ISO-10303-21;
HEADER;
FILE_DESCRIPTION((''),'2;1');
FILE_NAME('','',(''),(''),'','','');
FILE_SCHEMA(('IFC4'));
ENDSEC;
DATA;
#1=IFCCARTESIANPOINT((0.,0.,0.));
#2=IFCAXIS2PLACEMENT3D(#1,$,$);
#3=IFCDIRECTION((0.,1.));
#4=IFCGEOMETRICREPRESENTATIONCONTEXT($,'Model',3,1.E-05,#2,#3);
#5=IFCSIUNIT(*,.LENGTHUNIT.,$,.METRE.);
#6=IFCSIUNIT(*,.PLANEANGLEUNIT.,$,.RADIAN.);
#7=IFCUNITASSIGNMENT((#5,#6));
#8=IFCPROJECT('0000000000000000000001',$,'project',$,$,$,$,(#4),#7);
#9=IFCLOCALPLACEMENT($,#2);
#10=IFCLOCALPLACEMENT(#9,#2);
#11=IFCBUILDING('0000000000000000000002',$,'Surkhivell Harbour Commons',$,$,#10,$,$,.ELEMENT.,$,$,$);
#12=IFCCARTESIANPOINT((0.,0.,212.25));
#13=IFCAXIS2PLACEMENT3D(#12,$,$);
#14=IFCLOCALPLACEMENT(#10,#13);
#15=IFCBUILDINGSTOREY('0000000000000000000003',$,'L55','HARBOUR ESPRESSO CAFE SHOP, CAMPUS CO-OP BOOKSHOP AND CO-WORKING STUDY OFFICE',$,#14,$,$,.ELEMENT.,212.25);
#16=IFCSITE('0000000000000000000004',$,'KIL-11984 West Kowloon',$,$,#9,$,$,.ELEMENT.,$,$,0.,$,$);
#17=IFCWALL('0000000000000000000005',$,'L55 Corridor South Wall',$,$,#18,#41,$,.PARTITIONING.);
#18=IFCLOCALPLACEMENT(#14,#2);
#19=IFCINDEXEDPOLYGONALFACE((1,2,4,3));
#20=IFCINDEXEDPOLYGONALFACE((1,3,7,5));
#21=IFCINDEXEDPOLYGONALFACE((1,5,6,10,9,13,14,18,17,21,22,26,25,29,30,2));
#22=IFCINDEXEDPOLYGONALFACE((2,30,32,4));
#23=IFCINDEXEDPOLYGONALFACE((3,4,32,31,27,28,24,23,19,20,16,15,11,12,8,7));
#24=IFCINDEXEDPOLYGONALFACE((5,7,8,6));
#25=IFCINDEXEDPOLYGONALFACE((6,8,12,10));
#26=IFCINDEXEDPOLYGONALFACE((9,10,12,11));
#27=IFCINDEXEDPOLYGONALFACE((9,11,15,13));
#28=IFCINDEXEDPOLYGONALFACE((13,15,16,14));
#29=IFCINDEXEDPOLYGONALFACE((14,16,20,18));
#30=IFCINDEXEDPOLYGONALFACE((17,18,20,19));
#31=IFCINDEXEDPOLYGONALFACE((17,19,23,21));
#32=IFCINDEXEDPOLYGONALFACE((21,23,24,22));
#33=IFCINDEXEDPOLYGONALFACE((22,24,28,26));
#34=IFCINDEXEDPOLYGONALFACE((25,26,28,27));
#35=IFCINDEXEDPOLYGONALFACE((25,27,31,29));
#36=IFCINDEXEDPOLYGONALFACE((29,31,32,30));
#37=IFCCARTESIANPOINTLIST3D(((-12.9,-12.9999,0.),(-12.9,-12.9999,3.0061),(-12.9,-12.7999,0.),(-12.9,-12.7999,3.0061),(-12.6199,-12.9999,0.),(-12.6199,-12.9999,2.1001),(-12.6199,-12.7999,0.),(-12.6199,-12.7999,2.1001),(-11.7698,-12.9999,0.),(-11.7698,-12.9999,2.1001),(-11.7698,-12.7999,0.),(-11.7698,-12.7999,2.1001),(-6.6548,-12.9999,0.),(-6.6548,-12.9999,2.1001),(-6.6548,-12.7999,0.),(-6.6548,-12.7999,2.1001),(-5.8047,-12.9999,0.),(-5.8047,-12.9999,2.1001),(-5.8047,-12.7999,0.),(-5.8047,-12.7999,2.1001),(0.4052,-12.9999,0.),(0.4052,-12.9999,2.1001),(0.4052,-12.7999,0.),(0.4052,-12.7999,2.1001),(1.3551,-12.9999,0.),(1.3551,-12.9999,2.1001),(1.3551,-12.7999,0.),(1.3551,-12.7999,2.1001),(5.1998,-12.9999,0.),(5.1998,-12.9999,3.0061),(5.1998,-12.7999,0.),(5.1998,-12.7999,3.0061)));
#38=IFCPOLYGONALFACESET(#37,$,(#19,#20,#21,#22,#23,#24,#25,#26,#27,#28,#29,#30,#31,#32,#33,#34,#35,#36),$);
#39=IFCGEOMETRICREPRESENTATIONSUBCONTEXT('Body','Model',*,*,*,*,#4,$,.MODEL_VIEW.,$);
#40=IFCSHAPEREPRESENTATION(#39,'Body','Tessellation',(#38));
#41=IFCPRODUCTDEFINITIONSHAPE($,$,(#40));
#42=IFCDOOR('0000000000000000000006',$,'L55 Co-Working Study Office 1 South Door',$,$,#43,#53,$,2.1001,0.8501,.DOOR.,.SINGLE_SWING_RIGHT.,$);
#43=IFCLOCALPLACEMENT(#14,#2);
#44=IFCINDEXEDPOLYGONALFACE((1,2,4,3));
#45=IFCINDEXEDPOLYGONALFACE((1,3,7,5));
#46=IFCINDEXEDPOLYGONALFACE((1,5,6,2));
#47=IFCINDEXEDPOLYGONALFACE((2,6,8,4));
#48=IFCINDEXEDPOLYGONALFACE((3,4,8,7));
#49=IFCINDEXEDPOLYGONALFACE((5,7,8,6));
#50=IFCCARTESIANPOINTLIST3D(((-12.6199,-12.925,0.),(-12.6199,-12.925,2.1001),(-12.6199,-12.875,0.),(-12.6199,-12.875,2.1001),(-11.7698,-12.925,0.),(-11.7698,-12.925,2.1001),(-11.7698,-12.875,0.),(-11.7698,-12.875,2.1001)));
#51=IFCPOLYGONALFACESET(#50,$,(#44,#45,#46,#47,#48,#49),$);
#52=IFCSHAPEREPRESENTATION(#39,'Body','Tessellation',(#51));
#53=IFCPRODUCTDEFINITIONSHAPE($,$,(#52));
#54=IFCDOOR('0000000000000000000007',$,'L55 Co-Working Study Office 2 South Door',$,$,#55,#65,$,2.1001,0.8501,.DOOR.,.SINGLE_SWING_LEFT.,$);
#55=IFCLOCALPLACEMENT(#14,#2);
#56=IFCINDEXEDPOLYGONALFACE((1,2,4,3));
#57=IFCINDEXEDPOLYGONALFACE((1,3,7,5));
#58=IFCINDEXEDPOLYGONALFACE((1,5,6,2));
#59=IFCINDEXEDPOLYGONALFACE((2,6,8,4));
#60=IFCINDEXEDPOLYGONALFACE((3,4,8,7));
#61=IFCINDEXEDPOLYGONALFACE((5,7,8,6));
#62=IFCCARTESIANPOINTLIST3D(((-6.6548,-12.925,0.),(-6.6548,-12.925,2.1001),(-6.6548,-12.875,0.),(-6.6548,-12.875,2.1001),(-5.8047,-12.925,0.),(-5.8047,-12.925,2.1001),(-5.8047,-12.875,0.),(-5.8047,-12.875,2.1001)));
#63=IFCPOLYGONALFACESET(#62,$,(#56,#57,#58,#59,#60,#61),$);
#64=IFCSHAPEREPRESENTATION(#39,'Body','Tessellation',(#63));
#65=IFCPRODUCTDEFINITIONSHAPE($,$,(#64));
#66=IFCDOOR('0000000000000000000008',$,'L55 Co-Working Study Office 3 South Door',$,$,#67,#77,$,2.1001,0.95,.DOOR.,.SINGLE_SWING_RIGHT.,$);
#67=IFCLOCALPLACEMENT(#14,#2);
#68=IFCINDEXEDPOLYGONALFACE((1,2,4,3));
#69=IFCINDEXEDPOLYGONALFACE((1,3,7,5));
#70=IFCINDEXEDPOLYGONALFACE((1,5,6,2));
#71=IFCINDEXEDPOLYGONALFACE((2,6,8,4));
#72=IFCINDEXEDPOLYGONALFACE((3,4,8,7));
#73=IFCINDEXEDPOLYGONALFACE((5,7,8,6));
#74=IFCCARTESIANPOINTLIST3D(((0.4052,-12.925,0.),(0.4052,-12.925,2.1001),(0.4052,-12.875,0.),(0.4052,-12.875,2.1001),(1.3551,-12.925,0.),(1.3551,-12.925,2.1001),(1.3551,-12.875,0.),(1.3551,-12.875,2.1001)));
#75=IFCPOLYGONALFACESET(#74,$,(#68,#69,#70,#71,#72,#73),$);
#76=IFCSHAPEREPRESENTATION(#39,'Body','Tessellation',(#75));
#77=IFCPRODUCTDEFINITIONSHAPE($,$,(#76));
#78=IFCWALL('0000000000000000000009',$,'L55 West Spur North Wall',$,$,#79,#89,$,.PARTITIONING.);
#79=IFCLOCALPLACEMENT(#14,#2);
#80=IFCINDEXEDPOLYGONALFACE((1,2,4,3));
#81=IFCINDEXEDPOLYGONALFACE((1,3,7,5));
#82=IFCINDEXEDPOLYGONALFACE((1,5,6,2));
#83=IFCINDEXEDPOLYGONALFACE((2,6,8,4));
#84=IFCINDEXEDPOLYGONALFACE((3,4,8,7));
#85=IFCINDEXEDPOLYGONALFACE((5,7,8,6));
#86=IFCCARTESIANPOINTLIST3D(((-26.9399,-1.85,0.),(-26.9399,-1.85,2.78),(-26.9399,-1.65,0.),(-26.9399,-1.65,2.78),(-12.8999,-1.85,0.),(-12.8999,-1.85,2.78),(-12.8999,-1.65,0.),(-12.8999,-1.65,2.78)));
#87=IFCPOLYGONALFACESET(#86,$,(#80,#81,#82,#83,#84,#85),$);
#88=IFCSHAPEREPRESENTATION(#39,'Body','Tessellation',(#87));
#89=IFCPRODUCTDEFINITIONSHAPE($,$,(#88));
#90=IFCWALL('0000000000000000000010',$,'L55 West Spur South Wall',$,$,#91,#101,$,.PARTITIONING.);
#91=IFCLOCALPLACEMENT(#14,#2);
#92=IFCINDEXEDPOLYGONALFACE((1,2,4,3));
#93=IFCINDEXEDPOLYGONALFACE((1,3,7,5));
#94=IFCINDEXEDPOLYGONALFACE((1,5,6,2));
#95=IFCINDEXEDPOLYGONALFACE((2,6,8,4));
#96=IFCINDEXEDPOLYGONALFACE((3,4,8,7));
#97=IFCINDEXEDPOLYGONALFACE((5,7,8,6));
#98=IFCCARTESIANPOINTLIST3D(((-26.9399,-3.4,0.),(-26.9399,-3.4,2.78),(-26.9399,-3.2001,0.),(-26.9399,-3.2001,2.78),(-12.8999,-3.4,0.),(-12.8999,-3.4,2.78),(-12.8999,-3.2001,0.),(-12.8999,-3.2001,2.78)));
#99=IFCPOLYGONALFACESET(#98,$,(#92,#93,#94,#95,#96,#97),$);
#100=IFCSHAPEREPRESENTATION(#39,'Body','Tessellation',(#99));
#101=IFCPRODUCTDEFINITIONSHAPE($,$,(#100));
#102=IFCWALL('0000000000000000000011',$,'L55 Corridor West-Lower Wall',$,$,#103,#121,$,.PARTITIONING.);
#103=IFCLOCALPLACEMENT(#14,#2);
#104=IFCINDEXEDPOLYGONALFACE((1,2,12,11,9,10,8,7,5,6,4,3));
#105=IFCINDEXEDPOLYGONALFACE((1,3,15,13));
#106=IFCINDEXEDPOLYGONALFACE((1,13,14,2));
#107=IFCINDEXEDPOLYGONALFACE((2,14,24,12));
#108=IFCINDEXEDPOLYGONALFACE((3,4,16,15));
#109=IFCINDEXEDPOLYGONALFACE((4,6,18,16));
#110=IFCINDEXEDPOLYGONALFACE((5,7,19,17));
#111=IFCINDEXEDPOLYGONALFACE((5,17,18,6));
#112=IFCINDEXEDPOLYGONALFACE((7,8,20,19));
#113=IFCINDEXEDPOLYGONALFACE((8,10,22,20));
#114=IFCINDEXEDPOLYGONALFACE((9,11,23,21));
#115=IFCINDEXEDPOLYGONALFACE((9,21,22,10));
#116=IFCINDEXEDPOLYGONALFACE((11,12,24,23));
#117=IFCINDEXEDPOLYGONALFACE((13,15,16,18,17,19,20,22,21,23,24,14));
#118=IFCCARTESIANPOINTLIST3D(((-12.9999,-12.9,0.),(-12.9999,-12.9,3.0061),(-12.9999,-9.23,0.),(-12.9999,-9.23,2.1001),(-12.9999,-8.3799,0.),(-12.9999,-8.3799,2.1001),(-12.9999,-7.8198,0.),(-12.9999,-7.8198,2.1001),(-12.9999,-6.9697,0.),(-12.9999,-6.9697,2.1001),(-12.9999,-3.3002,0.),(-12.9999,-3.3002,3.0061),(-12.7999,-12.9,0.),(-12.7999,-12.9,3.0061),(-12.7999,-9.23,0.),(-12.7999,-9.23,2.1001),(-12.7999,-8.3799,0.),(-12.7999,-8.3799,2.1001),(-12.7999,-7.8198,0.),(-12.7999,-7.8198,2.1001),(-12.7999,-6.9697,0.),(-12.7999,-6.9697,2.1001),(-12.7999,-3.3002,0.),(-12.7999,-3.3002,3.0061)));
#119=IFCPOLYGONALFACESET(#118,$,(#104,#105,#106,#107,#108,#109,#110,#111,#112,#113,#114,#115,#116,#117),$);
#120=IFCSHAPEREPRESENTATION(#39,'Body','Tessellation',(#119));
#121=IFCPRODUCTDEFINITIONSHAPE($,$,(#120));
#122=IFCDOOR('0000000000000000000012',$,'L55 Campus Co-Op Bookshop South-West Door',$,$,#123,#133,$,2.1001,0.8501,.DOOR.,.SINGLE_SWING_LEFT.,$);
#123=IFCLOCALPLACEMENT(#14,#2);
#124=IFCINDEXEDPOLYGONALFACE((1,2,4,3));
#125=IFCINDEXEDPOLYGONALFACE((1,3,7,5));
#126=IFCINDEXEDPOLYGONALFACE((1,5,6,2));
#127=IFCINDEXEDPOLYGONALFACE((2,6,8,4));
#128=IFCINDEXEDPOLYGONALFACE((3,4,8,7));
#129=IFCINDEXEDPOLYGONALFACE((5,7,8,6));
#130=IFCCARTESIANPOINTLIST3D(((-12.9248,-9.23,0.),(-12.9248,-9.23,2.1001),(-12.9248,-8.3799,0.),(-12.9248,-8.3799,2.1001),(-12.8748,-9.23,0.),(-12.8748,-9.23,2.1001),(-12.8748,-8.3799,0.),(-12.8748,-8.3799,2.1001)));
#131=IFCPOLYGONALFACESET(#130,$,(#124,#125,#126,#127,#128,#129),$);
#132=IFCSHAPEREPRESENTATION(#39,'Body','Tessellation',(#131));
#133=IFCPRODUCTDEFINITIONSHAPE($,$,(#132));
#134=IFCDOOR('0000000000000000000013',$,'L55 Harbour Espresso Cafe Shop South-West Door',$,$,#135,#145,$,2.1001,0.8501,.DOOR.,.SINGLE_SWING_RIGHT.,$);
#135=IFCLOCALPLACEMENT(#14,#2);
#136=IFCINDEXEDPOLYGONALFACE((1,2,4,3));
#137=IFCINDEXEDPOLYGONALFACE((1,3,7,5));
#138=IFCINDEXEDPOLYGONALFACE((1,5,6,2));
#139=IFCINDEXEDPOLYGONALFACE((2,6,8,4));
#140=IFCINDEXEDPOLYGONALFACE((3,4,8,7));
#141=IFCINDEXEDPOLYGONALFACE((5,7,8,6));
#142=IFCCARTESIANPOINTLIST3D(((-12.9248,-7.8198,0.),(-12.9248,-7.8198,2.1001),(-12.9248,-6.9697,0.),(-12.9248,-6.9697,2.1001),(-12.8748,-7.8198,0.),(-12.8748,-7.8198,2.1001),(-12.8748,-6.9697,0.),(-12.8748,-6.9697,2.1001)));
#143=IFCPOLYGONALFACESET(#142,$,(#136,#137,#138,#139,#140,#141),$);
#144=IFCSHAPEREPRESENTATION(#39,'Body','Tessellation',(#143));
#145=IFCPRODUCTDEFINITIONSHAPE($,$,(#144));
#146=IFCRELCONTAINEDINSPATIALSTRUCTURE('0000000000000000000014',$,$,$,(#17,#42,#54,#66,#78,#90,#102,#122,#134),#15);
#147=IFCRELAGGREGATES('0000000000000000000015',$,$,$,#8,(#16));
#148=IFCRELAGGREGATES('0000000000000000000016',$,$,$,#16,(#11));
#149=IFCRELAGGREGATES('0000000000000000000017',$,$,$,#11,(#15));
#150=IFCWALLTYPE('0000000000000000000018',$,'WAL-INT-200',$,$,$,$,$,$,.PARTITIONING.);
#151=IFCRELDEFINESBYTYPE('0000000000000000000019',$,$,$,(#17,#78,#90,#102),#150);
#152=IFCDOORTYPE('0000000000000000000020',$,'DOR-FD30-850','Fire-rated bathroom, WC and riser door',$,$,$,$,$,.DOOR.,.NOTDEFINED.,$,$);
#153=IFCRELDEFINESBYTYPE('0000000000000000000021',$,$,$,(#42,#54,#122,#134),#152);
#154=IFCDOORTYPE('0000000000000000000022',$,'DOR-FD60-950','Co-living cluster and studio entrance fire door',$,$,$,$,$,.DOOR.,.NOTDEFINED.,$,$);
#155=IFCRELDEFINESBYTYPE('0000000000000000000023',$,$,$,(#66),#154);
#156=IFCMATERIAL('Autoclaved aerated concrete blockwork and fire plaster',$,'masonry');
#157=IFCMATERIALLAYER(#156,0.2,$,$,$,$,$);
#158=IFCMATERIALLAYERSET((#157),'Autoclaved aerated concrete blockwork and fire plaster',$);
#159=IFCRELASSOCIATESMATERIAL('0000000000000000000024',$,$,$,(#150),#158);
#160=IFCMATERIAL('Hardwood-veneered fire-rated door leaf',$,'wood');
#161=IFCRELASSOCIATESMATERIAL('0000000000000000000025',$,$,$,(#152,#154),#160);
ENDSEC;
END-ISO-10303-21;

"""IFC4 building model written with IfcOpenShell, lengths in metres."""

from ifc_helpers import new_model, si_unit, direction, frame, frame_2d, origin, place, context, subcontext, project, spatial, rectangle, extrude, material, layer, layer_set, type_object, element, fill, save


model = new_model("IFC4")

# Units and contexts
model_context = context("Model", 3, precision=1e-05, world=origin(), true_north=direction((0.0, 1.0)))
body_context = subcontext(model_context, "Body", "Model", "MODEL_VIEW")
ifc_project = project(units=[si_unit("LENGTHUNIT", "METRE"), si_unit("PLANEANGLEUNIT", "RADIAN")], contexts=[model_context])

# Site, building, storey
site_placement = place(None, origin())
site = spatial("IfcSite", under=ifc_project, at=site_placement, Name="KIL-11984 West Kowloon", CompositionType="ELEMENT", RefElevation=0.0)
building_placement = place(site_placement, origin())
building = spatial("IfcBuilding", under=site, at=building_placement, Name="Surkhivell Harbour Commons", CompositionType="ELEMENT")
storey_placement = place(building_placement, frame((0.0, 0.0, 212.25)))
storey = spatial("IfcBuildingStorey", under=building, at=storey_placement, Name="L55", Description="HARBOUR ESPRESSO CAFE SHOP, CAMPUS CO-OP BOOKSHOP AND CO-WORKING STUDY OFFICE", CompositionType="ELEMENT", Elevation=212.25)

# Wall, openings, doors
ifc_material_1 = material(Name="Autoclaved aerated concrete blockwork and fire plaster", Category="masonry")
ifc_layer_1 = layer(ifc_material_1, 0.2)
ifc_layer_set_1 = layer_set([ifc_layer_1], Name="Autoclaved aerated concrete blockwork and fire plaster")
wall_type_1 = type_object("IfcWallType", Name="WAL-INT-200", PredefinedType="PARTITIONING", material=ifc_layer_set_1)
wall_1_placement = place(storey_placement, frame((-12.8999, -12.8999, 0.0), z_axis=(0.0, 0.0, 1.0), x_axis=(1.0, 0.0, 0.0)))
wall_1 = element("IfcWall", 1, at=wall_1_placement, inside=storey, type_object=wall_type_1, Name="L55 Corridor South Wall", PredefinedType="PARTITIONING", context=body_context, shape_type="SweptSolid", body=[
    extrude(rectangle(XDim=18.0999, YDim=0.2, at=frame_2d((9.0498, 0.0))), origin(), (0.0, 0.0, 1.0), 3.0061),
])
opening_1_placement = place(wall_1_placement, frame((0.28, 0.0, 0.0)))
opening_1 = element("IfcOpeningElement", 2, at=opening_1_placement, cuts=wall_1, PredefinedType="OPENING", context=body_context, shape_type="SweptSolid", body=[
    extrude(rectangle(XDim=0.8501, YDim=2.1001, at=frame_2d((0.425, 1.05))), frame((0.0, 0.1099, 0.0), z_axis=(0.0, -1.0, 0.0), x_axis=(1.0, 0.0, 0.0)), (0.0, 0.0, 1.0), 0.22),
])
opening_2_placement = place(wall_1_placement, frame((6.2451, 0.0, 0.0)))
opening_2 = element("IfcOpeningElement", 3, at=opening_2_placement, cuts=wall_1, PredefinedType="OPENING", context=body_context, shape_type="SweptSolid", body=[
    extrude(rectangle(XDim=0.8501, YDim=2.1001, at=frame_2d((0.425, 1.05))), frame((0.0, 0.1099, 0.0), z_axis=(0.0, -1.0, 0.0), x_axis=(1.0, 0.0, 0.0)), (0.0, 0.0, 1.0), 0.22),
])
opening_3_placement = place(wall_1_placement, frame((13.3049, 0.0, 0.0)))
opening_3 = element("IfcOpeningElement", 4, at=opening_3_placement, cuts=wall_1, PredefinedType="OPENING", context=body_context, shape_type="SweptSolid", body=[
    extrude(rectangle(XDim=0.95, YDim=2.1001, at=frame_2d((0.4751, 1.05))), frame((0.0, 0.1099, 0.0), z_axis=(0.0, -1.0, 0.0), x_axis=(1.0, 0.0, 0.0)), (0.0, 0.0, 1.0), 0.22),
])
ifc_material_2 = material(Name="Hardwood-veneered fire-rated door leaf", Category="wood")
door_type_1 = type_object("IfcDoorType", Name="DOR-FD30-850", Description="Fire-rated bathroom, WC and riser door", OperationType="NOTDEFINED", PredefinedType="DOOR", material=ifc_material_2)
door_1_placement = place(opening_1_placement, origin())
door_1 = element("IfcDoor", 5, at=door_1_placement, inside=storey, type_object=door_type_1, Name="L55 Co-Working Study Office 1 South Door", OperationType="SINGLE_SWING_RIGHT", OverallHeight=2.1001, OverallWidth=0.8501, PredefinedType="DOOR", context=body_context, shape_type="SweptSolid", body=[
    extrude(rectangle(XDim=0.8501, YDim=2.1001, at=frame_2d((0.425, 1.05))), frame((0.0, 0.0249, 0.0), z_axis=(0.0, -1.0, 0.0), x_axis=(1.0, 0.0, 0.0)), (0.0, 0.0, 1.0), 0.05),
])
fill(opening_1, door_1)
door_2_placement = place(opening_2_placement, origin())
door_2 = element("IfcDoor", 6, at=door_2_placement, inside=storey, type_object=door_type_1, Name="L55 Co-Working Study Office 2 South Door", OperationType="SINGLE_SWING_LEFT", OverallHeight=2.1001, OverallWidth=0.8501, PredefinedType="DOOR", context=body_context, shape_type="SweptSolid", body=[
    extrude(rectangle(XDim=0.8501, YDim=2.1001, at=frame_2d((0.425, 1.05))), frame((0.0, 0.0249, 0.0), z_axis=(0.0, -1.0, 0.0), x_axis=(1.0, 0.0, 0.0)), (0.0, 0.0, 1.0), 0.05),
])
fill(opening_2, door_2)
door_type_2 = type_object("IfcDoorType", Name="DOR-FD60-950", Description="Co-living cluster and studio entrance fire door", OperationType="NOTDEFINED", PredefinedType="DOOR", material=ifc_material_2)
door_3_placement = place(opening_3_placement, origin())
door_3 = element("IfcDoor", 7, at=door_3_placement, inside=storey, type_object=door_type_2, Name="L55 Co-Working Study Office 3 South Door", OperationType="SINGLE_SWING_RIGHT", OverallHeight=2.1001, OverallWidth=0.95, PredefinedType="DOOR", context=body_context, shape_type="SweptSolid", body=[
    extrude(rectangle(XDim=0.95, YDim=2.1001, at=frame_2d((0.4751, 1.05))), frame((0.0, 0.0249, 0.0), z_axis=(0.0, -1.0, 0.0), x_axis=(1.0, 0.0, 0.0)), (0.0, 0.0, 1.0), 0.05),
])
fill(opening_3, door_3)

# Walls
for number, where, z_axis, x_axis, name in (
    (8, (-26.9399, -1.75, 0.0), (0.0, 0.0, 1.0), (1.0, 0.0, 0.0), "L55 West Spur North Wall"),
    (9, (-26.9399, -3.3, 0.0), (0.0, 0.0, 1.0), (1.0, 0.0, 0.0), "L55 West Spur South Wall"),
):
    element("IfcWall", number, at=place(storey_placement, frame(where, z_axis=z_axis, x_axis=x_axis)), inside=storey, type_object=wall_type_1, Name=name, PredefinedType="PARTITIONING", context=body_context, shape_type="SweptSolid", body=[
        extrude(rectangle(XDim=14.04, YDim=0.2, at=frame_2d((7.02, 0.0))), origin(), (0.0, 0.0, 1.0), 2.78),
    ])

# Wall, openings, doors
wall_2_placement = place(storey_placement, frame((-12.8999, -12.8999, 0.0), z_axis=(0.0, 0.0, 1.0), x_axis=(0.0, 1.0, 0.0)))
wall_2 = element("IfcWall", 10, at=wall_2_placement, inside=storey, type_object=wall_type_1, Name="L55 Corridor West-Lower Wall", PredefinedType="PARTITIONING", context=body_context, shape_type="SweptSolid", body=[
    extrude(rectangle(XDim=9.5999, YDim=0.2, at=frame_2d((4.7998, 0.0))), origin(), (0.0, 0.0, 1.0), 3.0061),
])
opening_4_placement = place(wall_2_placement, frame((3.6699, 0.0, 0.0)))
opening_4 = element("IfcOpeningElement", 11, at=opening_4_placement, cuts=wall_2, PredefinedType="OPENING", context=body_context, shape_type="SweptSolid", body=[
    extrude(rectangle(XDim=0.8501, YDim=2.1001, at=frame_2d((0.425, 1.05))), frame((0.0, 0.1099, 0.0), z_axis=(0.0, -1.0, 0.0), x_axis=(1.0, 0.0, 0.0)), (0.0, 0.0, 1.0), 0.22),
])
opening_5_placement = place(wall_2_placement, frame((5.0801, 0.0, 0.0)))
opening_5 = element("IfcOpeningElement", 12, at=opening_5_placement, cuts=wall_2, PredefinedType="OPENING", context=body_context, shape_type="SweptSolid", body=[
    extrude(rectangle(XDim=0.8501, YDim=2.1001, at=frame_2d((0.425, 1.05))), frame((0.0, 0.1099, 0.0), z_axis=(0.0, -1.0, 0.0), x_axis=(1.0, 0.0, 0.0)), (0.0, 0.0, 1.0), 0.22),
])
door_4_placement = place(opening_4_placement, origin())
door_4 = element("IfcDoor", 13, at=door_4_placement, inside=storey, type_object=door_type_1, Name="L55 Campus Co-Op Bookshop South-West Door", OperationType="SINGLE_SWING_LEFT", OverallHeight=2.1001, OverallWidth=0.8501, PredefinedType="DOOR", context=body_context, shape_type="SweptSolid", body=[
    extrude(rectangle(XDim=0.8501, YDim=2.1001, at=frame_2d((0.425, 1.05))), frame((0.0, 0.0249, 0.0), z_axis=(0.0, -1.0, 0.0), x_axis=(1.0, 0.0, 0.0)), (0.0, 0.0, 1.0), 0.05),
])
fill(opening_4, door_4)
door_5_placement = place(opening_5_placement, origin())
door_5 = element("IfcDoor", 14, at=door_5_placement, inside=storey, type_object=door_type_1, Name="L55 Harbour Espresso Cafe Shop South-West Door", OperationType="SINGLE_SWING_RIGHT", OverallHeight=2.1001, OverallWidth=0.8501, PredefinedType="DOOR", context=body_context, shape_type="SweptSolid", body=[
    extrude(rectangle(XDim=0.8501, YDim=2.1001, at=frame_2d((0.425, 1.05))), frame((0.0, 0.0249, 0.0), z_axis=(0.0, -1.0, 0.0), x_axis=(1.0, 0.0, 0.0)), (0.0, 0.0, 1.0), 0.05),
])
fill(opening_5, door_5)

save(model, "model.ifc")
